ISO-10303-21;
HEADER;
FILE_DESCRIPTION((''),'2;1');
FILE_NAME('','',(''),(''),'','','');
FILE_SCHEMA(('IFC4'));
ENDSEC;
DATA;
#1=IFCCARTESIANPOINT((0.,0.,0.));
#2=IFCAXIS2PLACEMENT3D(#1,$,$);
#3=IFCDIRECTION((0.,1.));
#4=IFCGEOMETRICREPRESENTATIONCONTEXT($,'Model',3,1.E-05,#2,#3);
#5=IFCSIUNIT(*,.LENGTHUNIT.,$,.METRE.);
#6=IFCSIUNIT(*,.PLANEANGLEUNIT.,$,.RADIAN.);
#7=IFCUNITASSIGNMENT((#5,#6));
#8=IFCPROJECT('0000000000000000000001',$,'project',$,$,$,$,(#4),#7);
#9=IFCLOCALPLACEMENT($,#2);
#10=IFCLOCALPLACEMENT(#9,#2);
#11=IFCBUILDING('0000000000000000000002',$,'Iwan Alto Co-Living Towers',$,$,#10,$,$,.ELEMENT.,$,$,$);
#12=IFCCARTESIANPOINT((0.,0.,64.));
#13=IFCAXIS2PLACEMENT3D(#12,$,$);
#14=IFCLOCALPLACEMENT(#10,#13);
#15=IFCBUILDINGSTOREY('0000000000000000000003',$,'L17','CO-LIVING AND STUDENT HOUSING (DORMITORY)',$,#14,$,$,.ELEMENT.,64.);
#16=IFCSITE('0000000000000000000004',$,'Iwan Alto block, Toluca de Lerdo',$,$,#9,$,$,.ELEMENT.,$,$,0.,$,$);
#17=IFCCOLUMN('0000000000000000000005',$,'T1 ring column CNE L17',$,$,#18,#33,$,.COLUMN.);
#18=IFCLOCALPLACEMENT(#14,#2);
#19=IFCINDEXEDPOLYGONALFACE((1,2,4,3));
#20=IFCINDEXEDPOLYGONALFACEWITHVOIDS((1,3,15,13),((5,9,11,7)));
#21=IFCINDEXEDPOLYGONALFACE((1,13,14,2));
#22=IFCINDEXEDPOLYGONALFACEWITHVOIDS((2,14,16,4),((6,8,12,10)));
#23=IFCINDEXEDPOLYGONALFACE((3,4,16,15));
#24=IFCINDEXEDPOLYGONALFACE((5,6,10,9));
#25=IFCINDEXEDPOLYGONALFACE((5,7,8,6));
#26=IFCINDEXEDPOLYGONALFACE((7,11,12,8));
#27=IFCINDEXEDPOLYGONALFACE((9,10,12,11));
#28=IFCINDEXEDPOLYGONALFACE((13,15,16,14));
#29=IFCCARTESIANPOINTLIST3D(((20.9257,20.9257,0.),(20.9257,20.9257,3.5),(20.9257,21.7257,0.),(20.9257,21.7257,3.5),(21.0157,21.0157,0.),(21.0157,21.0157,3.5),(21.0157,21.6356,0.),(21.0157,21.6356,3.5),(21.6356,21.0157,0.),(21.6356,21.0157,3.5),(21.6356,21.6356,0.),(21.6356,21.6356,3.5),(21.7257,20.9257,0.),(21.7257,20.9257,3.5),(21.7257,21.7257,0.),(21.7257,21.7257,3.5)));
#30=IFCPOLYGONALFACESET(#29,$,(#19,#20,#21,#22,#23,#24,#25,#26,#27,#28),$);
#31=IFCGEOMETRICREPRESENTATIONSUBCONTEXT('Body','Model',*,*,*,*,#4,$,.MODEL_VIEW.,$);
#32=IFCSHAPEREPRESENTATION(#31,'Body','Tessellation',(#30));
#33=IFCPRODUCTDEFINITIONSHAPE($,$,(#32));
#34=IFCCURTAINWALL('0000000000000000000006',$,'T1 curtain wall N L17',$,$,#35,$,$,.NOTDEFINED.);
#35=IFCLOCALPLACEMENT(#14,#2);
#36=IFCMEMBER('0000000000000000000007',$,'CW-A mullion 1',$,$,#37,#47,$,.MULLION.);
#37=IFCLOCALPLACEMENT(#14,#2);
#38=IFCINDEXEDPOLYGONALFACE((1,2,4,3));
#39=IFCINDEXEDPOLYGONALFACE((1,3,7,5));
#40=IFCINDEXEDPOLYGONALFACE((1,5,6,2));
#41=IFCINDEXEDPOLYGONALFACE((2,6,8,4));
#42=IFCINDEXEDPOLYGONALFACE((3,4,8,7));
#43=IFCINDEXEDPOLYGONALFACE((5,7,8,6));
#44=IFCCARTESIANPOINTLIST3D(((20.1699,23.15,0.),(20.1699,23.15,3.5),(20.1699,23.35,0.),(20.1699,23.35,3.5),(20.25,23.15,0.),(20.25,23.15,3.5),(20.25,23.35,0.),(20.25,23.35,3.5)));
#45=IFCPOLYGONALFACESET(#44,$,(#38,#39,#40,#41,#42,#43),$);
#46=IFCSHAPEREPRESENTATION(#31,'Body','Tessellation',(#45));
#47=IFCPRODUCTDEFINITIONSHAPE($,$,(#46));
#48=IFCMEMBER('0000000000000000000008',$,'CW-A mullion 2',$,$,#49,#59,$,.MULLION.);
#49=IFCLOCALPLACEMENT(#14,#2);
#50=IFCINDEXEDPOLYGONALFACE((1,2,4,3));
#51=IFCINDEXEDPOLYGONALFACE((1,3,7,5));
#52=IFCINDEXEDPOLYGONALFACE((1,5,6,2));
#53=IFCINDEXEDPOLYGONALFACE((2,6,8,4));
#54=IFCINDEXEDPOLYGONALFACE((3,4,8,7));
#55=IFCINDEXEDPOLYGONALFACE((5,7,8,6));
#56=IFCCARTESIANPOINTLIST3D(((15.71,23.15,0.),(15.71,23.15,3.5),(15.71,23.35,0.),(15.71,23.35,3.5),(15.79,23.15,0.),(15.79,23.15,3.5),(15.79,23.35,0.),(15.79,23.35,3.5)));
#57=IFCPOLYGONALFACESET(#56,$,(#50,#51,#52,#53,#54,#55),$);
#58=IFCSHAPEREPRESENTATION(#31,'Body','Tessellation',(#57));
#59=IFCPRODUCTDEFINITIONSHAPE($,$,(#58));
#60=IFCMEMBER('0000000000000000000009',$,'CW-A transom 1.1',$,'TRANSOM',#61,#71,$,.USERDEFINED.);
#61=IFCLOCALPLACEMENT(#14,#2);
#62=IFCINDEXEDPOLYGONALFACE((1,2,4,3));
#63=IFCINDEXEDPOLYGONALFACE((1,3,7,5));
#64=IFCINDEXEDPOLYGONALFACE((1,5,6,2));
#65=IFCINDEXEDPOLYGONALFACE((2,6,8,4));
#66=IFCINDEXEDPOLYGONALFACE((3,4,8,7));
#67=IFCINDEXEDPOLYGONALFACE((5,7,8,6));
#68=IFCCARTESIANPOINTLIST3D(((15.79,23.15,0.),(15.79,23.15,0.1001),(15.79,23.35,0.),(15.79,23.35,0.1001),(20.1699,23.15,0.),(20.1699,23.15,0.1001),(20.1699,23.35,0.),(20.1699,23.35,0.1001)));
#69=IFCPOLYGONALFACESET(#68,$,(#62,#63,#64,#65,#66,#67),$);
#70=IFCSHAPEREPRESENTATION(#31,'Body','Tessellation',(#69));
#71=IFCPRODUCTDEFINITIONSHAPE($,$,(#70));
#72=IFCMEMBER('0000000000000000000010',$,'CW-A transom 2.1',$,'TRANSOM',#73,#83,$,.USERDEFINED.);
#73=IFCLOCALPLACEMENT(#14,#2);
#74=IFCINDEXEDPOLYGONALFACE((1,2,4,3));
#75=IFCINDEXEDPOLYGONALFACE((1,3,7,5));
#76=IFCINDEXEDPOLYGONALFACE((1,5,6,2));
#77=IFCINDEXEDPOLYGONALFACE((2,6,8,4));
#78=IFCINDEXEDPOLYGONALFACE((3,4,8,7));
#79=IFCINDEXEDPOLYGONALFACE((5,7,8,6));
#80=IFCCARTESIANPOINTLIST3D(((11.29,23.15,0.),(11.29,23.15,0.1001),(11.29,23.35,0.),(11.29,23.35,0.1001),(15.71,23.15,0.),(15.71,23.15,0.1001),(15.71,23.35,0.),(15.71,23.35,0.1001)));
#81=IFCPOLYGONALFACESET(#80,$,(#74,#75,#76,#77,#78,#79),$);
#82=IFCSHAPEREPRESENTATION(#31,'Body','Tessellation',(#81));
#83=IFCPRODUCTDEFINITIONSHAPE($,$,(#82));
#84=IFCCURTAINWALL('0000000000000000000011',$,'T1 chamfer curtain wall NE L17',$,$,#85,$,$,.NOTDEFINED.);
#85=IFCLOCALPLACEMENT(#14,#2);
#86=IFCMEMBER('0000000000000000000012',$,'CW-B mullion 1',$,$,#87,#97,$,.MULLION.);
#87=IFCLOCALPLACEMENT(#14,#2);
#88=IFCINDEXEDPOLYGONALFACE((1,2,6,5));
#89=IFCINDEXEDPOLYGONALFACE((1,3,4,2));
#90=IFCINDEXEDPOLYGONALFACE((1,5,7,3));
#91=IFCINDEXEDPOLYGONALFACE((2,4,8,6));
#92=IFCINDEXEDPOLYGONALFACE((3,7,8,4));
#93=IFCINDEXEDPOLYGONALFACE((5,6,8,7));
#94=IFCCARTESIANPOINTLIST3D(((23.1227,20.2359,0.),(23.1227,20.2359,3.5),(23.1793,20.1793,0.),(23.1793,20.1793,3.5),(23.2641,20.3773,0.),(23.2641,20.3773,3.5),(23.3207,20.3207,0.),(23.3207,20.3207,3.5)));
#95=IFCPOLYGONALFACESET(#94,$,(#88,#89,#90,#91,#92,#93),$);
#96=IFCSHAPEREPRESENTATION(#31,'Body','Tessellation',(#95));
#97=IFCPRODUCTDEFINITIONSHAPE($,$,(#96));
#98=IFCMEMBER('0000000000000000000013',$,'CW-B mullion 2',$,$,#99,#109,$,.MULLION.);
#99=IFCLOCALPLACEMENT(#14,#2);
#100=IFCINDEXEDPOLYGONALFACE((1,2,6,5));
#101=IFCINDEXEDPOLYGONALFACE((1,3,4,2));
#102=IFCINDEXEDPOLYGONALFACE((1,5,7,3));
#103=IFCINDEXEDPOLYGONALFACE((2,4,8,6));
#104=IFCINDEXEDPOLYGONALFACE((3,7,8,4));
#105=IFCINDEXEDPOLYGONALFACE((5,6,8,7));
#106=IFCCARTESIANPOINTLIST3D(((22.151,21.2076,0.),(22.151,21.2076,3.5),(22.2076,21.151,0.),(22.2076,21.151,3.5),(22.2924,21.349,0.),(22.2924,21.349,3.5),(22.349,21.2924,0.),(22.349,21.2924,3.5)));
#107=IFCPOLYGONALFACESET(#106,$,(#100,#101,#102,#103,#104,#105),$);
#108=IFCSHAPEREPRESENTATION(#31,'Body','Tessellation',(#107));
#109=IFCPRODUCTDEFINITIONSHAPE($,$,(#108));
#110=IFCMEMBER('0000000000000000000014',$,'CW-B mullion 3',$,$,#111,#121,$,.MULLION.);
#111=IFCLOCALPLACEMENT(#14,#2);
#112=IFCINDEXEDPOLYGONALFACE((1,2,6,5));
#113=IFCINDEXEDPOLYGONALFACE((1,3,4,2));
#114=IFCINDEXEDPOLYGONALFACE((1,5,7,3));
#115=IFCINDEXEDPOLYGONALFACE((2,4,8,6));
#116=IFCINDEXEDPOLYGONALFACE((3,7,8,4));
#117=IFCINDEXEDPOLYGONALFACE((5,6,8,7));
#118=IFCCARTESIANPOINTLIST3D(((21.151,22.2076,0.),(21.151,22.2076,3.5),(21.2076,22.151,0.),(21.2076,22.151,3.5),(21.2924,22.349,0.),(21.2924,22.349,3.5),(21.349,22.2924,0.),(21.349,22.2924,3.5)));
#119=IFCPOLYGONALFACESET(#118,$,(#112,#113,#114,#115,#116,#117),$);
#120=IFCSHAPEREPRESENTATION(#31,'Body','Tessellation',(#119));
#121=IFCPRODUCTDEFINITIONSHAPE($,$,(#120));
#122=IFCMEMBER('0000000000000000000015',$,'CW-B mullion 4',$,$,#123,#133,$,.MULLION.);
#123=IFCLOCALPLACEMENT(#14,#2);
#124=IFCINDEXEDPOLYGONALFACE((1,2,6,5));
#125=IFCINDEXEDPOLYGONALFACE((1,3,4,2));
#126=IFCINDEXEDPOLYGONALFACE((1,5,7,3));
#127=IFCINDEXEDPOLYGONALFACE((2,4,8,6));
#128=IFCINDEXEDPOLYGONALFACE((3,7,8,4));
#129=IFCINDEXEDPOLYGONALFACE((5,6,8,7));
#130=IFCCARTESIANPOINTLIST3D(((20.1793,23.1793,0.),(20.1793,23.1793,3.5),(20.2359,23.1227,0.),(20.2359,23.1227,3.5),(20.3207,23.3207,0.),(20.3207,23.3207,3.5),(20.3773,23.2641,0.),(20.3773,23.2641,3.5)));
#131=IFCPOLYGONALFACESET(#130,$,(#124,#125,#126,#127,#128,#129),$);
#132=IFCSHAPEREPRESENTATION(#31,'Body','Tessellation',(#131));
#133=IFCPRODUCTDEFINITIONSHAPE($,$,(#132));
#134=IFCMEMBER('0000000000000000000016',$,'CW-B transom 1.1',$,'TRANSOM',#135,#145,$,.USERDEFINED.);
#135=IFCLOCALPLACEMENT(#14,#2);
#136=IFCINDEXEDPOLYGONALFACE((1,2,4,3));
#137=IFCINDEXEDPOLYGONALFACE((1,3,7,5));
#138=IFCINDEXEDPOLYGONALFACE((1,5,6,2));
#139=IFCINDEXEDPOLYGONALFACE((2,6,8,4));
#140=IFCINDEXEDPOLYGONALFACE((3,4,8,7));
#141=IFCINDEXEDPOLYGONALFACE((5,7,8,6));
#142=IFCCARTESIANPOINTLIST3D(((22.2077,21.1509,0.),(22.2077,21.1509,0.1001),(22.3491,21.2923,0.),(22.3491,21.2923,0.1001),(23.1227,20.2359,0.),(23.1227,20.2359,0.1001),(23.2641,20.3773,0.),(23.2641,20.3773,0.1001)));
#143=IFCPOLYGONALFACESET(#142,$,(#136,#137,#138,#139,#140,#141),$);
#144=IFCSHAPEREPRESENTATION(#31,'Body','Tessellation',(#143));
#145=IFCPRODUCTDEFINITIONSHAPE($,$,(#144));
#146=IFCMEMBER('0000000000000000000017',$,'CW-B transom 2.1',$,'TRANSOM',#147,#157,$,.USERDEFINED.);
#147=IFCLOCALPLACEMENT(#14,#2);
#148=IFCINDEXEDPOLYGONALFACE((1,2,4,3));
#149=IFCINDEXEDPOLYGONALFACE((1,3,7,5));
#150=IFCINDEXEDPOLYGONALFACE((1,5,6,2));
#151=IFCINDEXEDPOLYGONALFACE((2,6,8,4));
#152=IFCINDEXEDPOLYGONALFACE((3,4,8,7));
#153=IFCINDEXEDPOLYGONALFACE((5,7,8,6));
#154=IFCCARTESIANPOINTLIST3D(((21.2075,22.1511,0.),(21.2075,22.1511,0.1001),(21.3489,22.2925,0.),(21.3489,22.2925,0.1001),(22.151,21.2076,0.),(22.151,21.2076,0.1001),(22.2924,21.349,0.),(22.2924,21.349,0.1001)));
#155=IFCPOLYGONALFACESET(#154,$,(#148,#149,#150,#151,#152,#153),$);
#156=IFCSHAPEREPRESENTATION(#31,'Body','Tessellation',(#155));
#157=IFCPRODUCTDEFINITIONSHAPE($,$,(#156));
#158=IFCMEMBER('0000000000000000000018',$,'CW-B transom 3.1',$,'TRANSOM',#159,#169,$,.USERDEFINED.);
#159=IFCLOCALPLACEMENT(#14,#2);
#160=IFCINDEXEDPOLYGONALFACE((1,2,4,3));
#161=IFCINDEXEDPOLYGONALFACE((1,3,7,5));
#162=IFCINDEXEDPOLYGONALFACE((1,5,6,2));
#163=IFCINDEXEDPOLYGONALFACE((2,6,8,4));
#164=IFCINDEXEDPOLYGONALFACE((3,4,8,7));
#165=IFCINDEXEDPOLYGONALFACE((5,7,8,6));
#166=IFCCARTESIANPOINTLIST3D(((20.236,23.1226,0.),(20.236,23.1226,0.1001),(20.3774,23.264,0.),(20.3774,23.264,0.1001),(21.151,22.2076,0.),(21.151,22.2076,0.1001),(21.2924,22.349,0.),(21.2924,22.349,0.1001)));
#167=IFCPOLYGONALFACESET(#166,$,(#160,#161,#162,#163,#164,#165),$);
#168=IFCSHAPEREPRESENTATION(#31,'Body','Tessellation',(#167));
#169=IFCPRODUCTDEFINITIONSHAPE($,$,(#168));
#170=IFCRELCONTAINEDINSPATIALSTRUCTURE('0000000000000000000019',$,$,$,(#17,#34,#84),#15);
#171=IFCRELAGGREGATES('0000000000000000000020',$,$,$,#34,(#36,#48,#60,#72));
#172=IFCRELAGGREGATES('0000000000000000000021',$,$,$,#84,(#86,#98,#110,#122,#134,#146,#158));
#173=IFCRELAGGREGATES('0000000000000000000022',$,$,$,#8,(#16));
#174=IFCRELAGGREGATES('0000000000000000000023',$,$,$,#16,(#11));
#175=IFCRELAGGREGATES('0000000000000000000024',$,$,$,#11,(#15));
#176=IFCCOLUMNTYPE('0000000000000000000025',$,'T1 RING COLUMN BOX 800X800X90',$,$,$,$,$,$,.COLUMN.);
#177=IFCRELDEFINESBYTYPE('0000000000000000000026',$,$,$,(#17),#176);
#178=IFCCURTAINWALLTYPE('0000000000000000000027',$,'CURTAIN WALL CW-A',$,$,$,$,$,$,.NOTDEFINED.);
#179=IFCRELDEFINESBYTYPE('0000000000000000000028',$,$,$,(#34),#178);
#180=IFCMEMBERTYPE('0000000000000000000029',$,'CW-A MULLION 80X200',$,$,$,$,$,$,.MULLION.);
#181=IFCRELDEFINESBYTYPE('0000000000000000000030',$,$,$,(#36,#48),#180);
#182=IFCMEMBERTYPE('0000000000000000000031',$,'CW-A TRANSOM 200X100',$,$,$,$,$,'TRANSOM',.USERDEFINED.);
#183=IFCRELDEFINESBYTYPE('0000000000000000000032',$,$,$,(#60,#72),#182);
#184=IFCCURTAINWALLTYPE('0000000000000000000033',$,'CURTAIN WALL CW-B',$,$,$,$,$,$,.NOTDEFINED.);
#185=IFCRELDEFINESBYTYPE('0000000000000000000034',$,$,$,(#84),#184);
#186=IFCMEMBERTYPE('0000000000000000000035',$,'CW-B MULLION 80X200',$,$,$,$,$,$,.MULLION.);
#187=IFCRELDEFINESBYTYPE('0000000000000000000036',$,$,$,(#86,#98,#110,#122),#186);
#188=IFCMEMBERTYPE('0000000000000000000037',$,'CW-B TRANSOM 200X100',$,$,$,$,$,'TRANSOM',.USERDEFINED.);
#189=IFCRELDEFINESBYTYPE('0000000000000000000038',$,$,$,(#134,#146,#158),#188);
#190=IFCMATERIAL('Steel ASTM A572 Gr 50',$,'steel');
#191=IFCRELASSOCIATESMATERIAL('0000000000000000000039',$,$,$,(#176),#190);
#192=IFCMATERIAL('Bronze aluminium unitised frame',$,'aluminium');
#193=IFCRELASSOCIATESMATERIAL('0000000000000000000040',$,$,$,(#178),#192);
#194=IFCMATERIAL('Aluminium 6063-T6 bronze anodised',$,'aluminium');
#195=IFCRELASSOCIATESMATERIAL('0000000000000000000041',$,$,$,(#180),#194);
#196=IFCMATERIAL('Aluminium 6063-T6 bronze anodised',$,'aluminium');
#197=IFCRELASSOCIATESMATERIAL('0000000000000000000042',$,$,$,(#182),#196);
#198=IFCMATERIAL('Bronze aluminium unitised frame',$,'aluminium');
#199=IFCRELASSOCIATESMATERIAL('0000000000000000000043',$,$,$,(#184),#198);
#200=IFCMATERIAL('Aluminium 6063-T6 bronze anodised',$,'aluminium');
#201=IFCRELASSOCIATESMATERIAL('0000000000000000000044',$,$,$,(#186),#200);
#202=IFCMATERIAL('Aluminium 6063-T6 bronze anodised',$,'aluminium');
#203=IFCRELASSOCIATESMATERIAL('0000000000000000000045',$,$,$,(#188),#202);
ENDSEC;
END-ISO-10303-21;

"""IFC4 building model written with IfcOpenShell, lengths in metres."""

from ifc_helpers import new_model, si_unit, direction, frame, origin, origin_2d, place, context, subcontext, project, spatial, rectangle, hollow_rectangle, extrude, material, material_profile, profile_set, type_object, element, aggregate, save


model = new_model("IFC4")

# Units and contexts
model_context = context("Model", 3, precision=1e-05, world=origin(), true_north=direction((0.0, 1.0)))
body_context = subcontext(model_context, "Body", "Model", "MODEL_VIEW")
ifc_project = project(units=[si_unit("LENGTHUNIT", "METRE"), si_unit("PLANEANGLEUNIT", "RADIAN")], contexts=[model_context])

# Site, building, storey
site_placement = place(None, origin())
site = spatial("IfcSite", under=ifc_project, at=site_placement, Name="Iwan Alto block, Toluca de Lerdo", CompositionType="ELEMENT", RefElevation=0.0)
building_placement = place(site_placement, origin())
building = spatial("IfcBuilding", under=site, at=building_placement, Name="Iwan Alto Co-Living Towers", CompositionType="ELEMENT")
storey_placement = place(building_placement, frame((0.0, 0.0, 64.0)))
storey = spatial("IfcBuildingStorey", under=building, at=storey_placement, Name="L17", Description="CO-LIVING AND STUDENT HOUSING (DORMITORY)", CompositionType="ELEMENT", Elevation=64.0)

# Column
ifc_material_1 = material(Name="Steel ASTM A572 Gr 50", Category="steel")
ifc_material_profile_1 = material_profile(ifc_material_1, hollow_rectangle(XDim=0.8, YDim=0.8, WallThickness=0.0901, at=origin_2d()), Name="BOX 800X800X90")
ifc_profile_set_1 = profile_set([ifc_material_profile_1], Name="Steel ASTM A572 Gr 50")
column_type = type_object("IfcColumnType", Name="T1 RING COLUMN BOX 800X800X90", PredefinedType="COLUMN", material=ifc_profile_set_1)
column_placement = place(storey_placement, frame((21.3257, 21.3257, 0.0), z_axis=(0.0, 0.0, 1.0), x_axis=(1.0, 0.0, 0.0)))
element("IfcColumn", 1, at=column_placement, inside=storey, type_object=column_type, Name="T1 ring column CNE L17", PredefinedType="COLUMN", context=body_context, shape_type="SweptSolid", body=[
    extrude(hollow_rectangle(XDim=0.8, YDim=0.8, WallThickness=0.0901, at=origin_2d()), origin(), (0.0, 0.0, 1.0), 3.5),
])

# Curtain walls, members
ifc_material_2 = material(Name="Bronze aluminium unitised frame", Category="aluminium")
curtain_wall_type_1 = type_object("IfcCurtainWallType", Name="CURTAIN WALL CW-A", PredefinedType="NOTDEFINED", material=ifc_material_2)
curtain_wall_1_placement = place(storey_placement, origin())
curtain_wall_1 = element("IfcCurtainWall", 2, at=curtain_wall_1_placement, inside=storey, type_object=curtain_wall_type_1, Name="T1 curtain wall N L17", PredefinedType="NOTDEFINED")
ifc_material_3 = material(Name="Aluminium 6063-T6 bronze anodised", Category="aluminium")
ifc_material_profile_2 = material_profile(ifc_material_3, rectangle(XDim=0.2, YDim=0.0801, at=origin_2d()), Name="AL 80X200")
ifc_profile_set_2 = profile_set([ifc_material_profile_2], Name="Aluminium 6063-T6 bronze anodised")
member_type_1 = type_object("IfcMemberType", Name="CW-A MULLION 80X200", PredefinedType="MULLION", material=ifc_profile_set_2)
member_1_placement = place(storey_placement, frame((20.21, 23.25, 0.0), z_axis=(0.0, 0.0, 1.0), x_axis=(0.0, -1.0, 0.0)))
member_1 = element("IfcMember", 3, at=member_1_placement, type_object=member_type_1, Name="CW-A mullion 1", PredefinedType="MULLION", context=body_context, shape_type="SweptSolid", body=[
    extrude(rectangle(XDim=0.2, YDim=0.0801, at=origin_2d()), origin(), (0.0, 0.0, 1.0), 3.5),
])
member_2_placement = place(storey_placement, frame((15.75, 23.25, 0.0), z_axis=(0.0, 0.0, 1.0), x_axis=(0.0, -1.0, 0.0)))
member_2 = element("IfcMember", 4, at=member_2_placement, type_object=member_type_1, Name="CW-A mullion 2", PredefinedType="MULLION", context=body_context, shape_type="SweptSolid", body=[
    extrude(rectangle(XDim=0.2, YDim=0.0801, at=origin_2d()), origin(), (0.0, 0.0, 1.0), 3.5),
])
ifc_material_4 = material(Name="Aluminium 6063-T6 bronze anodised", Category="aluminium")
ifc_material_profile_3 = material_profile(ifc_material_4, rectangle(XDim=0.2, YDim=0.1001, at=origin_2d()), Name="AL 200X100")
ifc_profile_set_3 = profile_set([ifc_material_profile_3], Name="Aluminium 6063-T6 bronze anodised")
member_type_2 = type_object("IfcMemberType", Name="CW-A TRANSOM 200X100", ElementType="TRANSOM", PredefinedType="USERDEFINED", material=ifc_profile_set_3)
member_3_placement = place(storey_placement, frame((20.1699, 23.25, 0.05), z_axis=(-1.0, 0.0, 0.0), x_axis=(0.0, -1.0, 0.0)))
member_3 = element("IfcMember", 5, at=member_3_placement, type_object=member_type_2, Name="CW-A transom 1.1", ObjectType="TRANSOM", PredefinedType="USERDEFINED", context=body_context, shape_type="SweptSolid", body=[
    extrude(rectangle(XDim=0.2, YDim=0.1001, at=origin_2d()), origin(), (0.0, 0.0, 1.0), 4.3799),
])
member_4_placement = place(storey_placement, frame((15.71, 23.25, 0.05), z_axis=(-1.0, 0.0, 0.0), x_axis=(0.0, -1.0, 0.0)))
member_4 = element("IfcMember", 6, at=member_4_placement, type_object=member_type_2, Name="CW-A transom 2.1", ObjectType="TRANSOM", PredefinedType="USERDEFINED", context=body_context, shape_type="SweptSolid", body=[
    extrude(rectangle(XDim=0.2, YDim=0.1001, at=origin_2d()), origin(), (0.0, 0.0, 1.0), 4.4199),
])
ifc_material_5 = material(Name="Bronze aluminium unitised frame", Category="aluminium")
curtain_wall_type_2 = type_object("IfcCurtainWallType", Name="CURTAIN WALL CW-B", PredefinedType="NOTDEFINED", material=ifc_material_5)
curtain_wall_2_placement = place(storey_placement, origin())
curtain_wall_2 = element("IfcCurtainWall", 7, at=curtain_wall_2_placement, inside=storey, type_object=curtain_wall_type_2, Name="T1 chamfer curtain wall NE L17", PredefinedType="NOTDEFINED")
ifc_material_6 = material(Name="Aluminium 6063-T6 bronze anodised", Category="aluminium")
ifc_material_profile_4 = material_profile(ifc_material_6, rectangle(XDim=0.2, YDim=0.0801, at=origin_2d()), Name="AL 80X200")
ifc_profile_set_4 = profile_set([ifc_material_profile_4], Name="Aluminium 6063-T6 bronze anodised")
member_type_3 = type_object("IfcMemberType", Name="CW-B MULLION 80X200", PredefinedType="MULLION", material=ifc_profile_set_4)
member_5_placement = place(storey_placement, frame((23.2217, 20.2783, 0.0), z_axis=(0.0, 0.0, 1.0), x_axis=(-0.707107, -0.707107, 0.0)))
member_5 = element("IfcMember", 8, at=member_5_placement, type_object=member_type_3, Name="CW-B mullion 1", PredefinedType="MULLION", context=body_context, shape_type="SweptSolid", body=[
    extrude(rectangle(XDim=0.2, YDim=0.0801, at=origin_2d()), origin(), (0.0, 0.0, 1.0), 3.5),
])
member_6_placement = place(storey_placement, frame((22.25, 21.25, 0.0), z_axis=(0.0, 0.0, 1.0), x_axis=(-0.707107, -0.707107, 0.0)))
member_6 = element("IfcMember", 9, at=member_6_placement, type_object=member_type_3, Name="CW-B mullion 2", PredefinedType="MULLION", context=body_context, shape_type="SweptSolid", body=[
    extrude(rectangle(XDim=0.2, YDim=0.0801, at=origin_2d()), origin(), (0.0, 0.0, 1.0), 3.5),
])
member_7_placement = place(storey_placement, frame((21.25, 22.25, 0.0), z_axis=(0.0, 0.0, 1.0), x_axis=(-0.707107, -0.707107, 0.0)))
member_7 = element("IfcMember", 10, at=member_7_placement, type_object=member_type_3, Name="CW-B mullion 3", PredefinedType="MULLION", context=body_context, shape_type="SweptSolid", body=[
    extrude(rectangle(XDim=0.2, YDim=0.0801, at=origin_2d()), origin(), (0.0, 0.0, 1.0), 3.5),
])
member_8_placement = place(storey_placement, frame((20.2783, 23.2217, 0.0), z_axis=(0.0, 0.0, 1.0), x_axis=(-0.707107, -0.707107, 0.0)))
member_8 = element("IfcMember", 11, at=member_8_placement, type_object=member_type_3, Name="CW-B mullion 4", PredefinedType="MULLION", context=body_context, shape_type="SweptSolid", body=[
    extrude(rectangle(XDim=0.2, YDim=0.0801, at=origin_2d()), origin(), (0.0, 0.0, 1.0), 3.5),
])
ifc_material_7 = material(Name="Aluminium 6063-T6 bronze anodised", Category="aluminium")
ifc_material_profile_5 = material_profile(ifc_material_7, rectangle(XDim=0.2, YDim=0.1001, at=origin_2d()), Name="AL 200X100")
ifc_profile_set_5 = profile_set([ifc_material_profile_5], Name="Aluminium 6063-T6 bronze anodised")
member_type_4 = type_object("IfcMemberType", Name="CW-B TRANSOM 200X100", ElementType="TRANSOM", PredefinedType="USERDEFINED", material=ifc_profile_set_5)
member_9_placement = place(storey_placement, frame((23.1934, 20.3066, 0.05), z_axis=(-0.707107, 0.707107, 0.0), x_axis=(-0.707107, -0.707107, 0.0)))
member_9 = element("IfcMember", 12, at=member_9_placement, type_object=member_type_4, Name="CW-B transom 1.1", ObjectType="TRANSOM", PredefinedType="USERDEFINED", context=body_context, shape_type="SweptSolid", body=[
    extrude(rectangle(XDim=0.2, YDim=0.1001, at=origin_2d()), origin(), (0.0, 0.0, 1.0), 1.2939),
])
member_10_placement = place(storey_placement, frame((22.2217, 21.2783, 0.05), z_axis=(-0.707107, 0.707107, 0.0), x_axis=(-0.707107, -0.707107, 0.0)))
member_10 = element("IfcMember", 13, at=member_10_placement, type_object=member_type_4, Name="CW-B transom 2.1", ObjectType="TRANSOM", PredefinedType="USERDEFINED", context=body_context, shape_type="SweptSolid", body=[
    extrude(rectangle(XDim=0.2, YDim=0.1001, at=origin_2d()), origin(), (0.0, 0.0, 1.0), 1.3342),
])
member_11_placement = place(storey_placement, frame((21.2217, 22.2783, 0.05), z_axis=(-0.707107, 0.707107, 0.0), x_axis=(-0.707107, -0.707107, 0.0)))
member_11 = element("IfcMember", 14, at=member_11_placement, type_object=member_type_4, Name="CW-B transom 3.1", ObjectType="TRANSOM", PredefinedType="USERDEFINED", context=body_context, shape_type="SweptSolid", body=[
    extrude(rectangle(XDim=0.2, YDim=0.1001, at=origin_2d()), origin(), (0.0, 0.0, 1.0), 1.2939),
])

aggregate(curtain_wall_1, [member_1, member_2, member_3, member_4])
aggregate(curtain_wall_2, [member_5, member_6, member_7, member_8, member_9, member_10, member_11])

save(model, "model.ifc")
